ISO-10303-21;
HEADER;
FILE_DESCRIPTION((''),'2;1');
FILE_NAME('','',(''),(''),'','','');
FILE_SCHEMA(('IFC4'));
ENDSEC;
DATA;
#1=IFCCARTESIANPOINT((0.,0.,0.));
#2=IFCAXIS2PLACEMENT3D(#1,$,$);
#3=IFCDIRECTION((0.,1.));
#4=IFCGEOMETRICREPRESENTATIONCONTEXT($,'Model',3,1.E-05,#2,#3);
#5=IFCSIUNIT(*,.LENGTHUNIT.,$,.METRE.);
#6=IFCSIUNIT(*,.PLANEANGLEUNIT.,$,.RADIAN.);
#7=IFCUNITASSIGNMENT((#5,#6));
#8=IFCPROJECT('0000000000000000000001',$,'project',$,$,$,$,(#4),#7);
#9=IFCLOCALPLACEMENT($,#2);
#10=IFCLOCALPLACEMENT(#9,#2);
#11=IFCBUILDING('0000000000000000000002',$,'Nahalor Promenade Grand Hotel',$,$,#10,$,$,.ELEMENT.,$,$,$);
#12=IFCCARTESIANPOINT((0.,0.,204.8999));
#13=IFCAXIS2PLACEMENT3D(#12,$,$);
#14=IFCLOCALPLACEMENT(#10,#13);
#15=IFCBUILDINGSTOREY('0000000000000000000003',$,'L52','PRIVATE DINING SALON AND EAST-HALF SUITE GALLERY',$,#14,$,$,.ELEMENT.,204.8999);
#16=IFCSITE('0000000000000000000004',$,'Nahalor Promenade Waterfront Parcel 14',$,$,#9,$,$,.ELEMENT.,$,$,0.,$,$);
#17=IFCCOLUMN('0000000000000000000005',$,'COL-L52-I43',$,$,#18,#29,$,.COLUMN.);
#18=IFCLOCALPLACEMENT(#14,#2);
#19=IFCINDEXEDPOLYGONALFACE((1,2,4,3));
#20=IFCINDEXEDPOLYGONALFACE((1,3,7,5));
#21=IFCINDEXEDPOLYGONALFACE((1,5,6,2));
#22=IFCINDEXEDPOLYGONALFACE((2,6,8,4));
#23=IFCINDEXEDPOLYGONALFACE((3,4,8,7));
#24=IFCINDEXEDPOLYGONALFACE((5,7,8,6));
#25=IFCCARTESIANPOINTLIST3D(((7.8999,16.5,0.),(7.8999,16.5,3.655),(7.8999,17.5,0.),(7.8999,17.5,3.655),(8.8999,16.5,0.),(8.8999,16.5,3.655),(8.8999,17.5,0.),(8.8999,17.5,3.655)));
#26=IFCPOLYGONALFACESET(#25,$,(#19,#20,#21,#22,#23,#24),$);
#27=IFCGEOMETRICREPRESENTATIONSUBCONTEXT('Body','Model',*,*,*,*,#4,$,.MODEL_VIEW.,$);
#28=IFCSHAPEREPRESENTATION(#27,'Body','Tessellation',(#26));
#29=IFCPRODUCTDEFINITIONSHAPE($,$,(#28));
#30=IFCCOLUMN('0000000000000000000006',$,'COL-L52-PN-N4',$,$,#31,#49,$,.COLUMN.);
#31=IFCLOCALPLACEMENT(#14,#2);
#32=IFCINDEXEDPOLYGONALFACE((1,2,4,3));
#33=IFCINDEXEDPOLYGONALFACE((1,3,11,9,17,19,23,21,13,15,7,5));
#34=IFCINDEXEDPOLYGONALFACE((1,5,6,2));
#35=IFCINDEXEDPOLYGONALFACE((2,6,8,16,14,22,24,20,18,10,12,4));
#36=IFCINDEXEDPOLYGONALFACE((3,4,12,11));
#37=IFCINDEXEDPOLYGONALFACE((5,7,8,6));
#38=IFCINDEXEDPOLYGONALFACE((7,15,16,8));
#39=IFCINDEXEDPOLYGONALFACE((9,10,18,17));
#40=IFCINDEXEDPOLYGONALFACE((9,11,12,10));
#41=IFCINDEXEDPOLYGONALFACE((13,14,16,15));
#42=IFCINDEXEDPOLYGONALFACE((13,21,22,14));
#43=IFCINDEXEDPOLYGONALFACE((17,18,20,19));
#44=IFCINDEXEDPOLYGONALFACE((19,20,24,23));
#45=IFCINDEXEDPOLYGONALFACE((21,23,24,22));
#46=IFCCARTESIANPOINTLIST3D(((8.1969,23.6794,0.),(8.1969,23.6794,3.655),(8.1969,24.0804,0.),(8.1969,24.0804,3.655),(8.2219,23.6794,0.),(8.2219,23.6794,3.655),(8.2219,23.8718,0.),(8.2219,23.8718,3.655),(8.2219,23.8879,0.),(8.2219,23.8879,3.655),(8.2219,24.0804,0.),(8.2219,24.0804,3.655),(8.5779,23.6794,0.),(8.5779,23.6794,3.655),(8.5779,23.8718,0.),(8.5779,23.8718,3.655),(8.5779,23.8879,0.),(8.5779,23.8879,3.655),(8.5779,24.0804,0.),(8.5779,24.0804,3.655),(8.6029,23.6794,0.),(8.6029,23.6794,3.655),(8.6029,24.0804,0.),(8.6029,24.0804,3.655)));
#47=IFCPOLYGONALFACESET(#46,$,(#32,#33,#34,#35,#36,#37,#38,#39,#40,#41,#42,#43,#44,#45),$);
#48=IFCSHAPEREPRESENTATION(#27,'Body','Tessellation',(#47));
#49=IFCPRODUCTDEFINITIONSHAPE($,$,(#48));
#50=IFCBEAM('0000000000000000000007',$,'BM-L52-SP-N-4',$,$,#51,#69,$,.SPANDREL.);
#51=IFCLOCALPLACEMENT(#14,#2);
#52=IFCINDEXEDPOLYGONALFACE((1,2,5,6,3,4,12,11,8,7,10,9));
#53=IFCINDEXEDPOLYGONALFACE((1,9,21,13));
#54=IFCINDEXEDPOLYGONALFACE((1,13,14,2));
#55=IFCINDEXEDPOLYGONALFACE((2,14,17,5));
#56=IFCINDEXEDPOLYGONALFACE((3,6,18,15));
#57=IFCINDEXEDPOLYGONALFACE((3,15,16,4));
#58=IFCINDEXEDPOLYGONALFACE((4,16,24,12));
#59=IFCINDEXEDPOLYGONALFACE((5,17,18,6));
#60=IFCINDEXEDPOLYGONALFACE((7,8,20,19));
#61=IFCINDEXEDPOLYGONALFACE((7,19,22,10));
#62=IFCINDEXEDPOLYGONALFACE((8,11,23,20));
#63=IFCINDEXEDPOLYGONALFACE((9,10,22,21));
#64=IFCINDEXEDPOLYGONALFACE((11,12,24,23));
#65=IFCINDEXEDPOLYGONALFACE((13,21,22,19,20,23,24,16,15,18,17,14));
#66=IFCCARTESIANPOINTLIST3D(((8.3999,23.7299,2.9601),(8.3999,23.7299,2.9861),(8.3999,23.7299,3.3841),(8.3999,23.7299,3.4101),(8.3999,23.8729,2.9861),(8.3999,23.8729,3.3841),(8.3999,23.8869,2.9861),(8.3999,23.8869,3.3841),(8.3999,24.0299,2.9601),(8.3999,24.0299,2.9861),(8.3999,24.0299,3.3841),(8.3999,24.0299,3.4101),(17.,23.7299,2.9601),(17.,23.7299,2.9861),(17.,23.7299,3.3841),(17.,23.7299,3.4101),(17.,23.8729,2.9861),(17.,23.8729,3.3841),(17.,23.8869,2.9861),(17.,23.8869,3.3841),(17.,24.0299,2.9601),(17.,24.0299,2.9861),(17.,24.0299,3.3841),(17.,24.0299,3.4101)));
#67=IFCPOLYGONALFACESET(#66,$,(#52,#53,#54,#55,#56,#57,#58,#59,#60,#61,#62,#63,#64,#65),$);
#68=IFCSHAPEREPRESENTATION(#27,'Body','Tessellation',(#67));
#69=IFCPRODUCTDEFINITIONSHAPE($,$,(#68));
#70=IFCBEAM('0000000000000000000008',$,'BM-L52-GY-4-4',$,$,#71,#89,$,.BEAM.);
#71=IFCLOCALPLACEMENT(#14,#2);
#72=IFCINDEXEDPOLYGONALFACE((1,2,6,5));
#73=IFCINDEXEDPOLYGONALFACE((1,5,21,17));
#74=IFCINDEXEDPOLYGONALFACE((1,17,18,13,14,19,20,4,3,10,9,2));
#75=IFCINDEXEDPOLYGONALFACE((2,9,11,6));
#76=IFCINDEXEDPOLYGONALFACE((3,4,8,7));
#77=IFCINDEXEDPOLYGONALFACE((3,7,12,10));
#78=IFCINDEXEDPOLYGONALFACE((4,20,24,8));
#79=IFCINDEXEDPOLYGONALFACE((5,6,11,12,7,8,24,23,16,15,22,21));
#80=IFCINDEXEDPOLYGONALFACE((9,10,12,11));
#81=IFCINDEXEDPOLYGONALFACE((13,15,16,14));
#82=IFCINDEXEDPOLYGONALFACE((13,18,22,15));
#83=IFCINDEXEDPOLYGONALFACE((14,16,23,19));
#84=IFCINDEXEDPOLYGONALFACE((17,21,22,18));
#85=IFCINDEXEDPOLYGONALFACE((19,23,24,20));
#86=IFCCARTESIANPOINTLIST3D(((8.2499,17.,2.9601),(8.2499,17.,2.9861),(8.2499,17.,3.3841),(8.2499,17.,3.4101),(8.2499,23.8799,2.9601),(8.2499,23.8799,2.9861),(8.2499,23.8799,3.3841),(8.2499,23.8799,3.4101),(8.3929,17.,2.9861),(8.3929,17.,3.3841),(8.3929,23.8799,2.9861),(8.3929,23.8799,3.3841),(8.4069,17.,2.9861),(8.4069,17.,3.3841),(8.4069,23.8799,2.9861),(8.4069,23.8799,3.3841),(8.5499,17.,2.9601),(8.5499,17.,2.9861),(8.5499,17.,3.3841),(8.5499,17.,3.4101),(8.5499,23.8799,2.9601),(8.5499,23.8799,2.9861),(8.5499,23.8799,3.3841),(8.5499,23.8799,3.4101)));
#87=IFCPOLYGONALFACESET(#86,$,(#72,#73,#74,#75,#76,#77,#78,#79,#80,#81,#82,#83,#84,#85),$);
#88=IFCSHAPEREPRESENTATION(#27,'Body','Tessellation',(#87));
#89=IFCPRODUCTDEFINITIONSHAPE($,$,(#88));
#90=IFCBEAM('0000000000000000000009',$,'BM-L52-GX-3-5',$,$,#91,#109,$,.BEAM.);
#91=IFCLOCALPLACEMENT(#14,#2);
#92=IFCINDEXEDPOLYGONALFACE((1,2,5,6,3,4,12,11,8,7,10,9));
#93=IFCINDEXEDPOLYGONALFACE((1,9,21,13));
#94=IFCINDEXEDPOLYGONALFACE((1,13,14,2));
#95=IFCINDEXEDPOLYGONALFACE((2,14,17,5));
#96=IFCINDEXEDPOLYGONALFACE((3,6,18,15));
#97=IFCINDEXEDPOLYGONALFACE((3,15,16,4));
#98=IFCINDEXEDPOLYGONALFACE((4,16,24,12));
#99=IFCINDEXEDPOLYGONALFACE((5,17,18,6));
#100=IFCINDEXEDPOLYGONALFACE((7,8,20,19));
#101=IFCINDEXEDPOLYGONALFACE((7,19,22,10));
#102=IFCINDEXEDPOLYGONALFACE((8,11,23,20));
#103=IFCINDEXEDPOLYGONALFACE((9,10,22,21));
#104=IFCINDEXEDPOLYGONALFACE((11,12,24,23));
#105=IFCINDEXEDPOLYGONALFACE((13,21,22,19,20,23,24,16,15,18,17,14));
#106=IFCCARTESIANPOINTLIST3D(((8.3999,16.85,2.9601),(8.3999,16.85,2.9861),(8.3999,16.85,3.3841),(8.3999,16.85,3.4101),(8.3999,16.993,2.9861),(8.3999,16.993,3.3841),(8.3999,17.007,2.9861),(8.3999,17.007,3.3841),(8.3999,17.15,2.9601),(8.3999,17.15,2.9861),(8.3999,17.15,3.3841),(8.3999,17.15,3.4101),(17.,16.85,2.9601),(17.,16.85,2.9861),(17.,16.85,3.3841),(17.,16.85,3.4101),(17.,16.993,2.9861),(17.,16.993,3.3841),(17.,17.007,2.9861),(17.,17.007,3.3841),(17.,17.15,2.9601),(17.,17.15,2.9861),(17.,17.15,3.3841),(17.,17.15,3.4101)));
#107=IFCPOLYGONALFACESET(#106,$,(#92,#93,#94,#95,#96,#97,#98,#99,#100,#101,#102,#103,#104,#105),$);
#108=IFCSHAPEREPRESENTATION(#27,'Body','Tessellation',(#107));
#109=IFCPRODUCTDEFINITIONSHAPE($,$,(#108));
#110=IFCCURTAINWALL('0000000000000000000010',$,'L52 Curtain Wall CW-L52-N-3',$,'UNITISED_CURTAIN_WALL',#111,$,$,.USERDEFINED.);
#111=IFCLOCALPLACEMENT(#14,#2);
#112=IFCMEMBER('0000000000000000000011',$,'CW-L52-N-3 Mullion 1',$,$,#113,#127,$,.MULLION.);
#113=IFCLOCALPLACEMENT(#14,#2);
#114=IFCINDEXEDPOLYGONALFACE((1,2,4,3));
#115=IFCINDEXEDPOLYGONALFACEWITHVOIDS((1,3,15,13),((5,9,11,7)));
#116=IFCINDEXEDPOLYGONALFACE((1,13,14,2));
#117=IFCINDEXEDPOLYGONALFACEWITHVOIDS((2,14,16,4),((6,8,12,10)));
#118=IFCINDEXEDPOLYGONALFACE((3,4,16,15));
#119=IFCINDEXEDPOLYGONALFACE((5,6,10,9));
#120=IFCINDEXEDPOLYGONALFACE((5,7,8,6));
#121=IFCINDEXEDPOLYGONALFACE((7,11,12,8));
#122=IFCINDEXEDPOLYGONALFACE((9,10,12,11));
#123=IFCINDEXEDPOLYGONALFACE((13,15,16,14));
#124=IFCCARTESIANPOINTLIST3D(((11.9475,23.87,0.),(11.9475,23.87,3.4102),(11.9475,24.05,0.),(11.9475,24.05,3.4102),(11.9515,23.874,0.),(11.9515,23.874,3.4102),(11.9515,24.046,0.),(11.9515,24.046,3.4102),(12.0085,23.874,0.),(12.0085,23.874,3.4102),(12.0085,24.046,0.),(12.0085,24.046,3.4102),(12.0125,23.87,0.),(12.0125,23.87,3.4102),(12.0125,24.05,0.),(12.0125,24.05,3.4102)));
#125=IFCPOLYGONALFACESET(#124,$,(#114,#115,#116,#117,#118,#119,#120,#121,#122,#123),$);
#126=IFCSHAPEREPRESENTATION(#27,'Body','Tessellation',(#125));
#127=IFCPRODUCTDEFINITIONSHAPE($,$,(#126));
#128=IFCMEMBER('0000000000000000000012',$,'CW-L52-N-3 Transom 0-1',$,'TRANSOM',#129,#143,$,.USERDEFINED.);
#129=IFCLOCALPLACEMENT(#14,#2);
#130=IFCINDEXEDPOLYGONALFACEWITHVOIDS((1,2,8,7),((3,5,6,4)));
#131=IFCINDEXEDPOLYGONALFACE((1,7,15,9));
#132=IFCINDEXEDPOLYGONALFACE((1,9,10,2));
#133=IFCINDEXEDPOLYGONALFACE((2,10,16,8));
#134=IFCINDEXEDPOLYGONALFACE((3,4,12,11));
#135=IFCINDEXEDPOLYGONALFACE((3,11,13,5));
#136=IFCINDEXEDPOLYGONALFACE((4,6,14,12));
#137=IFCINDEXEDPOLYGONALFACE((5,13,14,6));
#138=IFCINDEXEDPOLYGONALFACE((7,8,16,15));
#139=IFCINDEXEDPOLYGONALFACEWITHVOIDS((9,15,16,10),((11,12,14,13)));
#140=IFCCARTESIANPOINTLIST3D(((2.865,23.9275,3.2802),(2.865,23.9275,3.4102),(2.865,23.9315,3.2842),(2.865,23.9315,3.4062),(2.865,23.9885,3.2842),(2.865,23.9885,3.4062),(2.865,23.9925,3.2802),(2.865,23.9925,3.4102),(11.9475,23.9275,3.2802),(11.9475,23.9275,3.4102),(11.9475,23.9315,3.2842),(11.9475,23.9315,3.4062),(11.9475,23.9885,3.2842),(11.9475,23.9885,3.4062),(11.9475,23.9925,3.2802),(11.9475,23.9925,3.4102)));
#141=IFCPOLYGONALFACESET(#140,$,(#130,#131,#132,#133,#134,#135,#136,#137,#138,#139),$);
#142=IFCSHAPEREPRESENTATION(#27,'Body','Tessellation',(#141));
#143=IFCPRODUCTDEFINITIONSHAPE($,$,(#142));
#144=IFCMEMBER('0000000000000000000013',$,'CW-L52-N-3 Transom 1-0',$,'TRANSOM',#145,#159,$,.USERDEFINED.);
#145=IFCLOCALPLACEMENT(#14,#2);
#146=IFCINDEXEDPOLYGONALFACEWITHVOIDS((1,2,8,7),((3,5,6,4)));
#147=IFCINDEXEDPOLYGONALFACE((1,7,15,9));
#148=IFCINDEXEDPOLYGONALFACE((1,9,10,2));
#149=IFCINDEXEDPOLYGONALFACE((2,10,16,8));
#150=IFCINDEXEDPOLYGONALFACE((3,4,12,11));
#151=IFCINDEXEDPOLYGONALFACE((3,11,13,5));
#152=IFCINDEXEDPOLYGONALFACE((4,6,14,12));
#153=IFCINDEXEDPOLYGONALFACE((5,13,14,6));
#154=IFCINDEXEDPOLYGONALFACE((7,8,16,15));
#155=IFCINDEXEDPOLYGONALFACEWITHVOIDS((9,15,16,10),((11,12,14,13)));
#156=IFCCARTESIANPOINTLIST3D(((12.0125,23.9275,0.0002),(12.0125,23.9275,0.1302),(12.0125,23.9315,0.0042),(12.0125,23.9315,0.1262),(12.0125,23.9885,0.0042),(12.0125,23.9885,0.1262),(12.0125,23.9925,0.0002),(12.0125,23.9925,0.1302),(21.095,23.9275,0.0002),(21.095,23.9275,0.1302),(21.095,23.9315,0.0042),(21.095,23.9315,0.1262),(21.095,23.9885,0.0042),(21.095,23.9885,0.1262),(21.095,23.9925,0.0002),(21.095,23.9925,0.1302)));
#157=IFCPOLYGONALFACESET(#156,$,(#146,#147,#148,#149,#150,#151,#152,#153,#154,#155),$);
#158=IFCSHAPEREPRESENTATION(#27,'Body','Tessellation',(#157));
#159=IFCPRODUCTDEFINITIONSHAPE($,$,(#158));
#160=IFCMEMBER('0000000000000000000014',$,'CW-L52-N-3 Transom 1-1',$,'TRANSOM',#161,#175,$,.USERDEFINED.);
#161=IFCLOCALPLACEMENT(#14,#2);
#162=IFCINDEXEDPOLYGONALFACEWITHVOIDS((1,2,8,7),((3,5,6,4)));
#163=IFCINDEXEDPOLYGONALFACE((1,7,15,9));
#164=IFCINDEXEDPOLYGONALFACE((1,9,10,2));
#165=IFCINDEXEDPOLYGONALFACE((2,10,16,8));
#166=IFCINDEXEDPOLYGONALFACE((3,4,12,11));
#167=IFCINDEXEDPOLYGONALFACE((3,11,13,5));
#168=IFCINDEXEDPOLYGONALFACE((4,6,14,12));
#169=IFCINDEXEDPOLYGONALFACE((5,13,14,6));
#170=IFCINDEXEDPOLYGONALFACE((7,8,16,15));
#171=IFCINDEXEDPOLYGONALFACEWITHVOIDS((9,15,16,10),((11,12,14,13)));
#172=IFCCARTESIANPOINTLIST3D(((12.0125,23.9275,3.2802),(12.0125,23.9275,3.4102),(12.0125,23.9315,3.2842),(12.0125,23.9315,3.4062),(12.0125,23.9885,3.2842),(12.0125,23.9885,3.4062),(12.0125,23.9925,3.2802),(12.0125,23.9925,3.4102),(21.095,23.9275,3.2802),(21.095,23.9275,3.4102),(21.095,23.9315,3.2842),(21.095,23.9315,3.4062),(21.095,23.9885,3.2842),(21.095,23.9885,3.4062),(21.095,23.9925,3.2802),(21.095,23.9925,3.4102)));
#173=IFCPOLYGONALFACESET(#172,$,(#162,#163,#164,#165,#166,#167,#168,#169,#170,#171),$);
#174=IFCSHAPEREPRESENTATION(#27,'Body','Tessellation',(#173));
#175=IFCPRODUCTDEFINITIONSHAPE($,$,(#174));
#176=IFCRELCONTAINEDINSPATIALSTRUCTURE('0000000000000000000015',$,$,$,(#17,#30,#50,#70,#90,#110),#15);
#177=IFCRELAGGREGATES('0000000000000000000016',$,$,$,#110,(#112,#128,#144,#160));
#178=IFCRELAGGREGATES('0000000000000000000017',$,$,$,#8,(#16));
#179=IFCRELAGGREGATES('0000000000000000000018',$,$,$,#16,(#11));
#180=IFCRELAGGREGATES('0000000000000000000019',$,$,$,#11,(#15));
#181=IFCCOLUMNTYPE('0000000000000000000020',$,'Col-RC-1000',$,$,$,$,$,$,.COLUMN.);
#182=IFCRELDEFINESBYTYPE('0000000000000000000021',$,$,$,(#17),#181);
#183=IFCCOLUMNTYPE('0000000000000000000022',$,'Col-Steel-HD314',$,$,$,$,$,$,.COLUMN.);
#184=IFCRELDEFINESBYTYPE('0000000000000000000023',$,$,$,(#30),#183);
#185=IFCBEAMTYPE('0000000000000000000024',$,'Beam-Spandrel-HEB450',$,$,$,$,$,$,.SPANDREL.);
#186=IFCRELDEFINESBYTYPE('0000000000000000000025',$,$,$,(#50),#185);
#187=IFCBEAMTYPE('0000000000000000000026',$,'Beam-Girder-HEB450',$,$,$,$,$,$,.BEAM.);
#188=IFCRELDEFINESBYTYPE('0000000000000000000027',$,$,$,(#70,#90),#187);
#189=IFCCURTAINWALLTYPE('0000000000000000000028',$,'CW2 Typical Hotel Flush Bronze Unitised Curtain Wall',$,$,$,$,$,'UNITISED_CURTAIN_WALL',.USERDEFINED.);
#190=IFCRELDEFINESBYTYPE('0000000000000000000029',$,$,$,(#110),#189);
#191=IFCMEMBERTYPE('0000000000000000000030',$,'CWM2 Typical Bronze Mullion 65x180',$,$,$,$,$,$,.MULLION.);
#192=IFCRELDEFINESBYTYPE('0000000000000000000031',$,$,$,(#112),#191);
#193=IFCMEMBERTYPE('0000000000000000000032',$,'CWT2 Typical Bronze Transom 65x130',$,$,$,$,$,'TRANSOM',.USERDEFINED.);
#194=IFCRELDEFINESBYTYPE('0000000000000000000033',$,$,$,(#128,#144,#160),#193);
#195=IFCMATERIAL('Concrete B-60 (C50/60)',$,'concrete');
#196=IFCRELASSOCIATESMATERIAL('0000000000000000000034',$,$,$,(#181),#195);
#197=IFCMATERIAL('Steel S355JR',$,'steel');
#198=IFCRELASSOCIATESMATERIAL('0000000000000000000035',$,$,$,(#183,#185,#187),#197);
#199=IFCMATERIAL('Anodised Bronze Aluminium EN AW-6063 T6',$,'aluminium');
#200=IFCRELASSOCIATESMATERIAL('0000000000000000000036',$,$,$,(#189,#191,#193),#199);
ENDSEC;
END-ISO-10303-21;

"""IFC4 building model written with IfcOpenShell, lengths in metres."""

from ifc_helpers import new_model, si_unit, direction, frame, origin, origin_2d, place, context, subcontext, project, spatial, rectangle, hollow_rectangle, i_section, extrude, source, transform, mapped, material, material_profile, profile_set, type_object, element, aggregate, save


model = new_model("IFC4")

# Units and contexts
model_context = context("Model", 3, precision=1e-05, world=origin(), true_north=direction((0.0, 1.0)))
body_context = subcontext(model_context, "Body", "Model", "MODEL_VIEW")
ifc_project = project(units=[si_unit("LENGTHUNIT", "METRE"), si_unit("PLANEANGLEUNIT", "RADIAN")], contexts=[model_context])

# Site, building, storey
site_placement = place(None, origin())
site = spatial("IfcSite", under=ifc_project, at=site_placement, Name="Nahalor Promenade Waterfront Parcel 14", CompositionType="ELEMENT", RefElevation=0.0)
building_placement = place(site_placement, origin())
building = spatial("IfcBuilding", under=site, at=building_placement, Name="Nahalor Promenade Grand Hotel", CompositionType="ELEMENT")
storey_placement = place(building_placement, frame((0.0, 0.0, 204.8999)))
storey = spatial("IfcBuildingStorey", under=building, at=storey_placement, Name="L52", Description="PRIVATE DINING SALON AND EAST-HALF SUITE GALLERY", CompositionType="ELEMENT", Elevation=204.8999)

# Columns
ifc_material_1 = material(Name="Concrete B-60 (C50/60)", Category="concrete")
ifc_material_profile_1 = material_profile(ifc_material_1, rectangle(XDim=1.0, YDim=1.0, at=origin_2d()), Name="RC 1000x1000")
ifc_profile_set_1 = profile_set([ifc_material_profile_1], Name="Concrete B-60 (C50/60)")
column_type_1 = type_object("IfcColumnType", Name="Col-RC-1000", PredefinedType="COLUMN", material=ifc_profile_set_1)
shared_shape_1 = source(origin(), body_context, "Body", "SweptSolid", [
    extrude(rectangle(XDim=1.0, YDim=1.0, at=origin_2d()), origin(), (0.0, 0.0, 1.0), 3.655),
])
column_1_placement = place(storey_placement, frame((8.3999, 17.0, 0.0), z_axis=(0.0, 0.0, 1.0), x_axis=(1.0, 0.0, 0.0)))
element("IfcColumn", 1, at=column_1_placement, inside=storey, type_object=column_type_1, Name="COL-L52-I43", PredefinedType="COLUMN", context=body_context, shape_type="MappedRepresentation", body=[
    mapped(shared_shape_1, transform((0.0, 0.0, 0.0), scale=1.0)),
])
ifc_material_2 = material(Name="Steel S355JR", Category="steel")
ifc_material_profile_2 = material_profile(ifc_material_2, i_section(OverallWidth=0.401, OverallDepth=0.406, WebThickness=0.0161, FlangeThickness=0.025, at=origin_2d()), Name="HD 400x314")
ifc_profile_set_2 = profile_set([ifc_material_profile_2], Name="Steel S355JR")
column_type_2 = type_object("IfcColumnType", Name="Col-Steel-HD314", PredefinedType="COLUMN", material=ifc_profile_set_2)
shared_shape_2 = source(origin(), body_context, "Body", "SweptSolid", [
    extrude(i_section(OverallWidth=0.401, OverallDepth=0.406, WebThickness=0.0161, FlangeThickness=0.025, at=origin_2d()), origin(), (0.0, 0.0, 1.0), 3.655),
])
column_2_placement = place(storey_placement, frame((8.3999, 23.8799, 0.0), z_axis=(0.0, 0.0, 1.0), x_axis=(0.0, 1.0, 0.0)))
element("IfcColumn", 2, at=column_2_placement, inside=storey, type_object=column_type_2, Name="COL-L52-PN-N4", PredefinedType="COLUMN", context=body_context, shape_type="MappedRepresentation", body=[
    mapped(shared_shape_2, transform((0.0, 0.0, 0.0), scale=1.0)),
])

# Beams
ifc_material_profile_3 = material_profile(ifc_material_2, i_section(OverallWidth=0.3, OverallDepth=0.45, WebThickness=0.014, FlangeThickness=0.026, at=origin_2d()), Name="HEB 450")
ifc_profile_set_3 = profile_set([ifc_material_profile_3], Name="Steel S355JR")
beam_type_1 = type_object("IfcBeamType", Name="Beam-Spandrel-HEB450", PredefinedType="SPANDREL", material=ifc_profile_set_3)
shared_shape_3 = source(origin(), body_context, "Body", "SweptSolid", [
    extrude(i_section(OverallWidth=0.3, OverallDepth=0.45, WebThickness=0.014, FlangeThickness=0.026, at=origin_2d()), origin(), (0.0, 0.0, 1.0), 8.6001),
])
beam_1_placement = place(storey_placement, frame((8.3999, 23.8799, 3.1851), z_axis=(1.0, 0.0, 0.0), x_axis=(0.0, 1.0, 0.0)))
element("IfcBeam", 3, at=beam_1_placement, inside=storey, type_object=beam_type_1, Name="BM-L52-SP-N-4", PredefinedType="SPANDREL", context=body_context, shape_type="MappedRepresentation", body=[
    mapped(shared_shape_3, transform((0.0, 0.0, 0.0), scale=1.0)),
])
ifc_material_profile_4 = material_profile(ifc_material_2, i_section(OverallWidth=0.3, OverallDepth=0.45, WebThickness=0.014, FlangeThickness=0.026, at=origin_2d()), Name="HEB 450")
ifc_profile_set_4 = profile_set([ifc_material_profile_4], Name="Steel S355JR")
beam_type_2 = type_object("IfcBeamType", Name="Beam-Girder-HEB450", PredefinedType="BEAM", material=ifc_profile_set_4)
shared_shape_4 = source(origin(), body_context, "Body", "SweptSolid", [
    extrude(i_section(OverallWidth=0.3, OverallDepth=0.45, WebThickness=0.014, FlangeThickness=0.026, at=origin_2d()), origin(), (0.0, 0.0, 1.0), 6.8799),
])
beam_2_placement = place(storey_placement, frame((8.3999, 17.0, 3.1851), z_axis=(0.0, 1.0, 0.0), x_axis=(-1.0, 0.0, 0.0)))
element("IfcBeam", 4, at=beam_2_placement, inside=storey, type_object=beam_type_2, Name="BM-L52-GY-4-4", PredefinedType="BEAM", context=body_context, shape_type="MappedRepresentation", body=[
    mapped(shared_shape_4, transform((0.0, 0.0, 0.0), scale=1.0)),
])
shared_shape_5 = source(origin(), body_context, "Body", "SweptSolid", [
    extrude(i_section(OverallWidth=0.3, OverallDepth=0.45, WebThickness=0.014, FlangeThickness=0.026, at=origin_2d()), origin(), (0.0, 0.0, 1.0), 8.6001),
])
beam_3_placement = place(storey_placement, frame((8.3999, 17.0, 3.1851), z_axis=(1.0, 0.0, 0.0), x_axis=(0.0, 1.0, 0.0)))
element("IfcBeam", 5, at=beam_3_placement, inside=storey, type_object=beam_type_2, Name="BM-L52-GX-3-5", PredefinedType="BEAM", context=body_context, shape_type="MappedRepresentation", body=[
    mapped(shared_shape_5, transform((0.0, 0.0, 0.0), scale=1.0)),
])

# Curtain wall, members
ifc_material_3 = material(Name="Anodised Bronze Aluminium EN AW-6063 T6", Category="aluminium")
curtain_wall_type = type_object("IfcCurtainWallType", Name="CW2 Typical Hotel Flush Bronze Unitised Curtain Wall", ElementType="UNITISED_CURTAIN_WALL", PredefinedType="USERDEFINED", material=ifc_material_3)
curtain_wall_placement = place(storey_placement, origin())
curtain_wall = element("IfcCurtainWall", 6, at=curtain_wall_placement, inside=storey, type_object=curtain_wall_type, Name="L52 Curtain Wall CW-L52-N-3", ObjectType="UNITISED_CURTAIN_WALL", PredefinedType="USERDEFINED")
ifc_material_profile_5 = material_profile(ifc_material_3, hollow_rectangle(XDim=0.065, YDim=0.18, WallThickness=0.004, at=origin_2d()), Name="CWM 65x180x4")
ifc_profile_set_5 = profile_set([ifc_material_profile_5], Name="Anodised Bronze Aluminium EN AW-6063 T6")
member_type_1 = type_object("IfcMemberType", Name="CWM2 Typical Bronze Mullion 65x180", PredefinedType="MULLION", material=ifc_profile_set_5)
shared_shape_6 = source(origin(), body_context, "Body", "SweptSolid", [
    extrude(hollow_rectangle(XDim=0.065, YDim=0.18, WallThickness=0.004, at=origin_2d()), origin(), (0.0, 0.0, 1.0), 3.4102),
])
member_1_placement = place(storey_placement, frame((11.98, 23.96, 0.0), z_axis=(0.0, 0.0, 1.0), x_axis=(1.0, 0.0, 0.0)))
member_1 = element("IfcMember", 7, at=member_1_placement, type_object=member_type_1, Name="CW-L52-N-3 Mullion 1", PredefinedType="MULLION", context=body_context, shape_type="MappedRepresentation", body=[
    mapped(shared_shape_6, transform((0.0, 0.0, 0.0), scale=1.0)),
])
ifc_material_profile_6 = material_profile(ifc_material_3, hollow_rectangle(XDim=0.065, YDim=0.13, WallThickness=0.004, at=origin_2d()), Name="CWT 65x130x4")
ifc_profile_set_6 = profile_set([ifc_material_profile_6], Name="Anodised Bronze Aluminium EN AW-6063 T6")
member_type_2 = type_object("IfcMemberType", Name="CWT2 Typical Bronze Transom 65x130", ElementType="TRANSOM", PredefinedType="USERDEFINED", material=ifc_profile_set_6)
shared_shape_7 = source(origin(), body_context, "Body", "SweptSolid", [
    extrude(hollow_rectangle(XDim=0.065, YDim=0.13, WallThickness=0.004, at=origin_2d()), origin(), (0.0, 0.0, 1.0), 9.0825),
])
member_2_placement = place(storey_placement, frame((2.865, 23.96, 3.3452), z_axis=(1.0, 0.0, 0.0), x_axis=(0.0, 1.0, 0.0)))
member_2 = element("IfcMember", 8, at=member_2_placement, type_object=member_type_2, Name="CW-L52-N-3 Transom 0-1", ObjectType="TRANSOM", PredefinedType="USERDEFINED", context=body_context, shape_type="MappedRepresentation", body=[
    mapped(shared_shape_7, transform((0.0, 0.0, 0.0), scale=1.0)),
])
member_3_placement = place(storey_placement, frame((12.0125, 23.96, 0.0652), z_axis=(1.0, 0.0, 0.0), x_axis=(0.0, 1.0, 0.0)))
member_3 = element("IfcMember", 9, at=member_3_placement, type_object=member_type_2, Name="CW-L52-N-3 Transom 1-0", ObjectType="TRANSOM", PredefinedType="USERDEFINED", context=body_context, shape_type="MappedRepresentation", body=[
    mapped(shared_shape_7, transform((0.0, 0.0, 0.0), scale=1.0)),
])
member_4_placement = place(storey_placement, frame((12.0125, 23.96, 3.3452), z_axis=(1.0, 0.0, 0.0), x_axis=(0.0, 1.0, 0.0)))
member_4 = element("IfcMember", 10, at=member_4_placement, type_object=member_type_2, Name="CW-L52-N-3 Transom 1-1", ObjectType="TRANSOM", PredefinedType="USERDEFINED", context=body_context, shape_type="MappedRepresentation", body=[
    mapped(shared_shape_7, transform((0.0, 0.0, 0.0), scale=1.0)),
])
aggregate(curtain_wall, [member_1, member_2, member_3, member_4])

save(model, "model.ifc")
